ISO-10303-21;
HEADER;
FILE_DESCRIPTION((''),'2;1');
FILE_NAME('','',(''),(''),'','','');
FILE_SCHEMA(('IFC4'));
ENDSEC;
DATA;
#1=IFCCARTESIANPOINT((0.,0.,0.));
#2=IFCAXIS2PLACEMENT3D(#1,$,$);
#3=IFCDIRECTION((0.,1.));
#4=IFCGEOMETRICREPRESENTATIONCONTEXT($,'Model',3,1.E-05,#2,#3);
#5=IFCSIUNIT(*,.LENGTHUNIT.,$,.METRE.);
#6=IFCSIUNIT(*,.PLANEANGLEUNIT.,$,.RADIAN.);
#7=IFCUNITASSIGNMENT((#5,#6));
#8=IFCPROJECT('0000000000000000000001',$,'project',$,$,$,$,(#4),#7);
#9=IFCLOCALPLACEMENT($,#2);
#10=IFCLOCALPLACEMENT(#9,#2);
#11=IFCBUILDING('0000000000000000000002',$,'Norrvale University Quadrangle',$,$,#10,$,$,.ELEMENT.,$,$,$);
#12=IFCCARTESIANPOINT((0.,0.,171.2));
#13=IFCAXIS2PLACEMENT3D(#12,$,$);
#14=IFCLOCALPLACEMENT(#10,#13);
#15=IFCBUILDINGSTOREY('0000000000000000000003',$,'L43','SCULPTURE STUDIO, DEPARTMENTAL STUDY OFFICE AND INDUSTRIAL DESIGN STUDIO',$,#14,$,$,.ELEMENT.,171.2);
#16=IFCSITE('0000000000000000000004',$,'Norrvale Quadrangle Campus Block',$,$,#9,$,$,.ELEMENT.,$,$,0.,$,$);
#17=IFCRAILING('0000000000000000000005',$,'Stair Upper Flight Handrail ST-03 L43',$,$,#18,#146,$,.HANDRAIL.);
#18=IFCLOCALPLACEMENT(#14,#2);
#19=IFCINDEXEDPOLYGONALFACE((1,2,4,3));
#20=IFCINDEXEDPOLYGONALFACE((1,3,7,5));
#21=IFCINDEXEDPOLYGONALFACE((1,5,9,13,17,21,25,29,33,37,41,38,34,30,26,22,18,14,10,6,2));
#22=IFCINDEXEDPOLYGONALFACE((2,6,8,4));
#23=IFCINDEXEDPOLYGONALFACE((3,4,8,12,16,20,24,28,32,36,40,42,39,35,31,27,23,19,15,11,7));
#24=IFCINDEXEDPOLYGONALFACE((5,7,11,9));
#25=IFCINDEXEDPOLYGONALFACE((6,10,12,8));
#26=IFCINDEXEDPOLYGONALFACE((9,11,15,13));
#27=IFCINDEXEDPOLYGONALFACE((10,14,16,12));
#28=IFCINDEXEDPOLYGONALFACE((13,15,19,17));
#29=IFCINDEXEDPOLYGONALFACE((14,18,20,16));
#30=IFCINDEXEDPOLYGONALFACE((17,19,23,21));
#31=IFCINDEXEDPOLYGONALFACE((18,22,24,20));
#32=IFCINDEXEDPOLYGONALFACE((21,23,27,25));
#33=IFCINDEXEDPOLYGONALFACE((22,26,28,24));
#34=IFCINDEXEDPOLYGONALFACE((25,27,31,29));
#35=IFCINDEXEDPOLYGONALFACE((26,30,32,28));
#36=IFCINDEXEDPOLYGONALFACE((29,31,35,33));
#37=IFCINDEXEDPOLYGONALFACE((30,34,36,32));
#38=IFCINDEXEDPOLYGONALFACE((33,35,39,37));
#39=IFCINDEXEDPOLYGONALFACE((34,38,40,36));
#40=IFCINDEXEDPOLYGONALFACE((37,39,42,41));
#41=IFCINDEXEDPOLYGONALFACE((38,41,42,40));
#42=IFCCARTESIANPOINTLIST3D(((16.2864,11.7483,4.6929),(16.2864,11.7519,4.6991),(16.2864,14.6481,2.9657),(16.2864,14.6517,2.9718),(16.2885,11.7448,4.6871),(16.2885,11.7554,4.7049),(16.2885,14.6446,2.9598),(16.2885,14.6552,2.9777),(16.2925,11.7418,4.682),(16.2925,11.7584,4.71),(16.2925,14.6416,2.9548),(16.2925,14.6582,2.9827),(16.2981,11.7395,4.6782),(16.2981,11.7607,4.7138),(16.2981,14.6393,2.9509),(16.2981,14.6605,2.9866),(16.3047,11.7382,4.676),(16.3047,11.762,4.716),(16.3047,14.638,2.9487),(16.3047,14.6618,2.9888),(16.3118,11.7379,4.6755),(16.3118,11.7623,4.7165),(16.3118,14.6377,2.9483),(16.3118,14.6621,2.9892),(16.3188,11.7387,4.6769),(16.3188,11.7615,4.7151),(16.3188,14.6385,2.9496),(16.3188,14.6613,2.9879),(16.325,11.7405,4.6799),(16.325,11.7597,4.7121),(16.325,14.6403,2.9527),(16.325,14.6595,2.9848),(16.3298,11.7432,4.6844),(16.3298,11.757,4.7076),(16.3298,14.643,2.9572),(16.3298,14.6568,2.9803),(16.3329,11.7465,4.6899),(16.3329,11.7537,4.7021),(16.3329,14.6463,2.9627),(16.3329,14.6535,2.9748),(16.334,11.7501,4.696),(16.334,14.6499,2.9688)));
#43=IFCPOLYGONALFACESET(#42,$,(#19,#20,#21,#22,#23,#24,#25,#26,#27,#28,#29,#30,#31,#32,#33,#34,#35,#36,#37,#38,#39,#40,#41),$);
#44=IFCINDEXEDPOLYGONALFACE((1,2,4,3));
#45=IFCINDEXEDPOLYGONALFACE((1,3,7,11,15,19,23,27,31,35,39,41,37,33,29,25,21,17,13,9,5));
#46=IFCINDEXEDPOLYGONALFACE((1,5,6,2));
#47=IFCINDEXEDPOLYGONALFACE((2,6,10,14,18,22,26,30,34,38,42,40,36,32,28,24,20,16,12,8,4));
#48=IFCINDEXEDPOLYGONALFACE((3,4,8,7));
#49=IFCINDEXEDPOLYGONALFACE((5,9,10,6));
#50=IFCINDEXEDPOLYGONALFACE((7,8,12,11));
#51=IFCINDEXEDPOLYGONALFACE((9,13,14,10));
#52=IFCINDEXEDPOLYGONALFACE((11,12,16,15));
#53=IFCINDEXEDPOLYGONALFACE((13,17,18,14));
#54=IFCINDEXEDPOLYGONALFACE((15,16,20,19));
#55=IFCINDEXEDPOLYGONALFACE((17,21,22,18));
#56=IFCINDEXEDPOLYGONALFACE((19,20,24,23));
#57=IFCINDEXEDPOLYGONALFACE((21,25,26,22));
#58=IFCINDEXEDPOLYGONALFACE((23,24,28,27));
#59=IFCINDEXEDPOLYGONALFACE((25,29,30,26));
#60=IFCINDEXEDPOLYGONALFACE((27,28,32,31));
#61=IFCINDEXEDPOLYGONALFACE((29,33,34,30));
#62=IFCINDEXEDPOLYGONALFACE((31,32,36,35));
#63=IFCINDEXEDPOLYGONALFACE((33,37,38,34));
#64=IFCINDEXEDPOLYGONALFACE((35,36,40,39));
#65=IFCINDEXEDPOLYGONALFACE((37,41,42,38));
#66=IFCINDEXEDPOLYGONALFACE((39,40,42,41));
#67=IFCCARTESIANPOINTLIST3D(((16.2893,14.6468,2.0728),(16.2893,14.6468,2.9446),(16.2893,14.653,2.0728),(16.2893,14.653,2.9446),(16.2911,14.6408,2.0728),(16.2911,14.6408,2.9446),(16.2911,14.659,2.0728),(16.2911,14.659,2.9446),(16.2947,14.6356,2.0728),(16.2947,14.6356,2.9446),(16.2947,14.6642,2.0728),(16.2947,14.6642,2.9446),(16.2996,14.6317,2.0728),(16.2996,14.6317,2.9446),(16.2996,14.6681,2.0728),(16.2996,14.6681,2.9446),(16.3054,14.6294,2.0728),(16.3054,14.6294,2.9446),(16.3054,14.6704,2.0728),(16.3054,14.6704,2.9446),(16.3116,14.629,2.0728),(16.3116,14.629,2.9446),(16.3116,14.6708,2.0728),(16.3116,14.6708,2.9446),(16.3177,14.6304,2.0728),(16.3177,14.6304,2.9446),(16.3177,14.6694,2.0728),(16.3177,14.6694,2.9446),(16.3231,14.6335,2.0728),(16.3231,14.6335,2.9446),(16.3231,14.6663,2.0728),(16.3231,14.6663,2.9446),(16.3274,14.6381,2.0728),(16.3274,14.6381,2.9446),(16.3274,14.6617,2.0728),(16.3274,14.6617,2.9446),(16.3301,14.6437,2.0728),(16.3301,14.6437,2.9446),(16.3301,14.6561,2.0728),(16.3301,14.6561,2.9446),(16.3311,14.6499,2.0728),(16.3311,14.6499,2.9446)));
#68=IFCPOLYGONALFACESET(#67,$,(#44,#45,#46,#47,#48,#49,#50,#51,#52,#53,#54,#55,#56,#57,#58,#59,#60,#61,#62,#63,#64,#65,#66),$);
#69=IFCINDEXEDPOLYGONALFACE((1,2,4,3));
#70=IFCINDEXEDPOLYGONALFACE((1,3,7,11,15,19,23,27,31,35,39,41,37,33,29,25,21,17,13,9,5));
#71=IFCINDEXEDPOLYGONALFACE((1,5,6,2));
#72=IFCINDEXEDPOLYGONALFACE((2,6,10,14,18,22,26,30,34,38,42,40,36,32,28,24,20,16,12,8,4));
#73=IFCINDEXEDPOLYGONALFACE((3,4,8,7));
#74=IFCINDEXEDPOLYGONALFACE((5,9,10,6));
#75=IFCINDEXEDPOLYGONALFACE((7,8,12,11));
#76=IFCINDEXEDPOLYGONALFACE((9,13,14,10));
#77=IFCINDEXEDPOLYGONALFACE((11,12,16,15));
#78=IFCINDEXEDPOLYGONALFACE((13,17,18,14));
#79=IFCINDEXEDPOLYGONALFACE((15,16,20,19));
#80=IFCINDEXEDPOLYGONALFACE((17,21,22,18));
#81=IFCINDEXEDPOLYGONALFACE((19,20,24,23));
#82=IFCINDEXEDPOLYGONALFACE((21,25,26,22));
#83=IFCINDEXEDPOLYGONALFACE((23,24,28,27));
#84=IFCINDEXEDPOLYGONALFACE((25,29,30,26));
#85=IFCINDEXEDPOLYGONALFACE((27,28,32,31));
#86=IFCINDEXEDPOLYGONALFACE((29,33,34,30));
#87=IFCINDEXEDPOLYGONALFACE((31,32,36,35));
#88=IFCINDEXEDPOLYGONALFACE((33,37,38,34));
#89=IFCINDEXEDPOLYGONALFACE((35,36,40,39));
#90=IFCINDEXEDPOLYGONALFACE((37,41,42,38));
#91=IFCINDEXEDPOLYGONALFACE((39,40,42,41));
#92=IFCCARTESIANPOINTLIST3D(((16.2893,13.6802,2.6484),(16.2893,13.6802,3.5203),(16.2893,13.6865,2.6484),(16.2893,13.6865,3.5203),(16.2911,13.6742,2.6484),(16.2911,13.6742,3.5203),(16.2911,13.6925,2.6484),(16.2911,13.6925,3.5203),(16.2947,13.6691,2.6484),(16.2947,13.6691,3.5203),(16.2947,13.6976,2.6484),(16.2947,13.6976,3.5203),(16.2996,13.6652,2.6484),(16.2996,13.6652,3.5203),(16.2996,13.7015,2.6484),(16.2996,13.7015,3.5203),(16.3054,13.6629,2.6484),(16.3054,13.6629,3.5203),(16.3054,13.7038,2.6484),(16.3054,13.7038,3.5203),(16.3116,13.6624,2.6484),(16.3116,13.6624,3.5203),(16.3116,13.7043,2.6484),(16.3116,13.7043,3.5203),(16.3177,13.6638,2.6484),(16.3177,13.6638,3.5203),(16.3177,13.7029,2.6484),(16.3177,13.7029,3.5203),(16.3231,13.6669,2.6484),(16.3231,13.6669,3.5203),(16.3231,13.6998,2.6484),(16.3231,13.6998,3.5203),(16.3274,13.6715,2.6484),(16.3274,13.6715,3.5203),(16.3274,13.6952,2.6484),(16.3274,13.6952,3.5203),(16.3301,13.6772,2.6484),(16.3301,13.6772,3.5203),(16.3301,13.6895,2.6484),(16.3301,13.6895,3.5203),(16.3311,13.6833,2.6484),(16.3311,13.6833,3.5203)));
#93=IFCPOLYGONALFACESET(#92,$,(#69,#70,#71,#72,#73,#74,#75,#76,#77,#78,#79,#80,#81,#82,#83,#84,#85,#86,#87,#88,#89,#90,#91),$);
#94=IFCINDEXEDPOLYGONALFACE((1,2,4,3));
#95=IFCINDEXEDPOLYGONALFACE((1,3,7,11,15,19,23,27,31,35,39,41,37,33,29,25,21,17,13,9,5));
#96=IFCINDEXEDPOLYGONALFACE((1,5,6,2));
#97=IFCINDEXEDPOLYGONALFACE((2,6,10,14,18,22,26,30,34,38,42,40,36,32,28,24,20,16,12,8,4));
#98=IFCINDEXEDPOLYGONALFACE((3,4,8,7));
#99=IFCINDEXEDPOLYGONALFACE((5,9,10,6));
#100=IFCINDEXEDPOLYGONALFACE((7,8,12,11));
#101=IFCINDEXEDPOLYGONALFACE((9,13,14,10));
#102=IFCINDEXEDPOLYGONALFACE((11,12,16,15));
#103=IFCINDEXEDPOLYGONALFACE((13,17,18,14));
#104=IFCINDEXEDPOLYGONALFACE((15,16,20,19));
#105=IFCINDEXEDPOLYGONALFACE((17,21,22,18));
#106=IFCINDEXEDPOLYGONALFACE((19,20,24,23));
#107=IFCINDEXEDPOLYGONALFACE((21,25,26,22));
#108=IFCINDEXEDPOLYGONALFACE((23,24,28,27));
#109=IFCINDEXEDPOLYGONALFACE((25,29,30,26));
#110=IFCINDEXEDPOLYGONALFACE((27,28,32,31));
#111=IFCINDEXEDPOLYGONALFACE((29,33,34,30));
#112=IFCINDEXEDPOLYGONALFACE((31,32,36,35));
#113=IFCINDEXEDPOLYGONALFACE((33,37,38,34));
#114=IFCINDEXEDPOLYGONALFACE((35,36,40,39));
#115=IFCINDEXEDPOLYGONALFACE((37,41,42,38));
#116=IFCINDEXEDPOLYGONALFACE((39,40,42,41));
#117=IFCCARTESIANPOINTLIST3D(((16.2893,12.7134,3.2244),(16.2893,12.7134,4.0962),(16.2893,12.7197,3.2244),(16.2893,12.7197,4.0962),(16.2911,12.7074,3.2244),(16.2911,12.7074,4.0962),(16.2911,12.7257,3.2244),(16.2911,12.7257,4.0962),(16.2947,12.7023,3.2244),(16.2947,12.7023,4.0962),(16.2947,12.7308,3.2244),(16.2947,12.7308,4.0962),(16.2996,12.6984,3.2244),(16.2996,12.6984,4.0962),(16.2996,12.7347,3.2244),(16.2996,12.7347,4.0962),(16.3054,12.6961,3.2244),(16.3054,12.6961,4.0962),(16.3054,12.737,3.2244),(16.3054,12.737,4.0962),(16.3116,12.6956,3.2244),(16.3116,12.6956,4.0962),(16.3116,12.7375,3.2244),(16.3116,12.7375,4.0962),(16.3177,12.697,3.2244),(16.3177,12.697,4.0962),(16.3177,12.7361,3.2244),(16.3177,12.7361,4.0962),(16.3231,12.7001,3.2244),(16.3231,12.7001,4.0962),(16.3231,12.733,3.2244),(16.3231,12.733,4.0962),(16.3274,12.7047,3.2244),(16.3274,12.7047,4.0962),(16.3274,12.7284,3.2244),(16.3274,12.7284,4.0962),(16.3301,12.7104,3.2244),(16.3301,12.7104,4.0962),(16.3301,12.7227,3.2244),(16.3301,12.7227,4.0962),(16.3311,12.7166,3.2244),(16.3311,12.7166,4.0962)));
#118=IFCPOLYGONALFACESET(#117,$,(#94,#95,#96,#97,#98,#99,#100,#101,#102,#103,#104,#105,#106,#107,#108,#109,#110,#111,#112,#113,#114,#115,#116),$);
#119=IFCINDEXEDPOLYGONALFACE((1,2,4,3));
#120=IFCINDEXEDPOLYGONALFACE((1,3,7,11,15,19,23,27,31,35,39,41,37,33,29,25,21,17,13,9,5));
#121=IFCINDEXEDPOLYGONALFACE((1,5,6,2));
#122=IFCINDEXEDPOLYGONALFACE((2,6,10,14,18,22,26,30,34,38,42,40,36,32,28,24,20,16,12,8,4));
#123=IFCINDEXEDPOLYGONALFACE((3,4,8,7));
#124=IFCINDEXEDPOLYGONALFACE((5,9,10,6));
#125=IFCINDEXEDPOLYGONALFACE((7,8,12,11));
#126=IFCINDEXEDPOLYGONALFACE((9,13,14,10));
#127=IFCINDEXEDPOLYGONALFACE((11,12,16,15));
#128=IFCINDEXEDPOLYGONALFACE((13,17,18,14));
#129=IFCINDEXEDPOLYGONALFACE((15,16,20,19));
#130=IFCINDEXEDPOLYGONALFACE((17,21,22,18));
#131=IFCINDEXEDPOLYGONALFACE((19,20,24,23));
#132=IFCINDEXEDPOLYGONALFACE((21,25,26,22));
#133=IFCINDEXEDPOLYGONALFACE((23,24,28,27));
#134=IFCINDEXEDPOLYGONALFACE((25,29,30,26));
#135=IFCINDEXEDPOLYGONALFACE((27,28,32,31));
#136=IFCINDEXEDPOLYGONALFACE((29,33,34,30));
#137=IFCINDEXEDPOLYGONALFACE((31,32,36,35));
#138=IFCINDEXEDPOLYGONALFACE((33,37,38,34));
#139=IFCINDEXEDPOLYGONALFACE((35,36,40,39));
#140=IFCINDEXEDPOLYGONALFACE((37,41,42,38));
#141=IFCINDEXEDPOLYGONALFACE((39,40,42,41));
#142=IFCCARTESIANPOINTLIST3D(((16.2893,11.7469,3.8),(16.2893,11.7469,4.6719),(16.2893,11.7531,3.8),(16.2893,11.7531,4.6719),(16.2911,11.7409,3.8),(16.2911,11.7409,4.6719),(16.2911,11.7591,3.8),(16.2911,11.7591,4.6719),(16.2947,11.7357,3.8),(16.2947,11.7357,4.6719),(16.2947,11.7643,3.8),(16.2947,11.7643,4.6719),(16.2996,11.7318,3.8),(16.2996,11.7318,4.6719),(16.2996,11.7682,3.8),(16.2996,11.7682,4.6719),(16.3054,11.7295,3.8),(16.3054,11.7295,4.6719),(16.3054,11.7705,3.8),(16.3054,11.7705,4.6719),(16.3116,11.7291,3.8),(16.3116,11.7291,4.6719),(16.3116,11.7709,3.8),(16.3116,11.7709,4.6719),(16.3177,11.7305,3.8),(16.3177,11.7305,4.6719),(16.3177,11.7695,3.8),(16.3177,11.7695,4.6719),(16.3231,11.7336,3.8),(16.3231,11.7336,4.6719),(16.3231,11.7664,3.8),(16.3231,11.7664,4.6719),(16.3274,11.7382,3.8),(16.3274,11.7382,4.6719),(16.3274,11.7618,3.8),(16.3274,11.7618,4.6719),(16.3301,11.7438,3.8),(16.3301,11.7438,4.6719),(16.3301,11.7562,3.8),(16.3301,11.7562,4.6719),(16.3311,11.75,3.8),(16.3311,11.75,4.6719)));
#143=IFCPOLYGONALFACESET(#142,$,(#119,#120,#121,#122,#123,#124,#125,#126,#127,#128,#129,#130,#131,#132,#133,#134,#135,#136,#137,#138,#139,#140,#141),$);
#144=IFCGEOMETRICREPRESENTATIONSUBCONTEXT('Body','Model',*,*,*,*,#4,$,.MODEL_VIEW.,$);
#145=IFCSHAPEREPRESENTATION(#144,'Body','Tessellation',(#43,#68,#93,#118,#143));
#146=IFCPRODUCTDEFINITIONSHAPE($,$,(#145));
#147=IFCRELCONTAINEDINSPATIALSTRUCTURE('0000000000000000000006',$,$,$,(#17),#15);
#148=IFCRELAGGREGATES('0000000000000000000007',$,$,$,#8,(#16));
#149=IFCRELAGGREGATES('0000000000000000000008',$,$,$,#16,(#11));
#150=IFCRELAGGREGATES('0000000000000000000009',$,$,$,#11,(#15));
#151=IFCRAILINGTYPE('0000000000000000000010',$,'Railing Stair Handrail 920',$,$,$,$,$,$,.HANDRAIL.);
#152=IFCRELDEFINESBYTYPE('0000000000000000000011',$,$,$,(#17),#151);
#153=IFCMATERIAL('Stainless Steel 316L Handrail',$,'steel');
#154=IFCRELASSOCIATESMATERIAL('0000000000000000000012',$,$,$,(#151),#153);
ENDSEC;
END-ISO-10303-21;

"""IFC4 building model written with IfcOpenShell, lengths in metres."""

from ifc_helpers import new_model, si_unit, direction, frame, origin, origin_2d, place, context, subcontext, project, spatial, circle, extrude, material, type_object, element, save


model = new_model("IFC4")

# Units and contexts
model_context = context("Model", 3, precision=1e-05, world=origin(), true_north=direction((0.0, 1.0)))
body_context = subcontext(model_context, "Body", "Model", "MODEL_VIEW")
ifc_project = project(units=[si_unit("LENGTHUNIT", "METRE"), si_unit("PLANEANGLEUNIT", "RADIAN")], contexts=[model_context])

# Site, building, storey
site_placement = place(None, origin())
site = spatial("IfcSite", under=ifc_project, at=site_placement, Name="Norrvale Quadrangle Campus Block", CompositionType="ELEMENT", RefElevation=0.0)
building_placement = place(site_placement, origin())
building = spatial("IfcBuilding", under=site, at=building_placement, Name="Norrvale University Quadrangle", CompositionType="ELEMENT")
storey_placement = place(building_placement, frame((0.0, 0.0, 171.2)))
storey = spatial("IfcBuildingStorey", under=building, at=storey_placement, Name="L43", Description="SCULPTURE STUDIO, DEPARTMENTAL STUDY OFFICE AND INDUSTRIAL DESIGN STUDIO", CompositionType="ELEMENT", Elevation=171.2)

# Railing
ifc_material_1 = material(Name="Stainless Steel 316L Handrail", Category="steel")
railing_type_1 = type_object("IfcRailingType", Name="Railing Stair Handrail 920", PredefinedType="HANDRAIL", material=ifc_material_1)
railing_1_placement = place(storey_placement, frame((16.3101, 14.6499, 2.0728)))
element("IfcRailing", 1, at=railing_1_placement, inside=storey, type_object=railing_type_1, Name="Stair Upper Flight Handrail ST-03 L43", PredefinedType="HANDRAIL", context=body_context, shape_type="SweptSolid", body=[
    extrude(circle(Radius=0.0239, at=origin_2d()), frame((0.0, 0.0, 0.896), z_axis=(0.0, -0.859141, 0.511738), x_axis=(1.0, 0.0, 0.0)), (0.0, 0.0, 1.0), 3.3752),
    extrude(circle(Radius=0.021, at=origin_2d()), origin(), (0.0, 0.0, 1.0), 0.8718),
    extrude(circle(Radius=0.021, at=origin_2d()), frame((0.0, -0.9666, 0.5757)), (0.0, 0.0, 1.0), 0.8718),
    extrude(circle(Radius=0.021, at=origin_2d()), frame((0.0, -1.9333, 1.1516)), (0.0, 0.0, 1.0), 0.8718),
    extrude(circle(Radius=0.021, at=origin_2d()), frame((0.0, -2.8999, 1.7273)), (0.0, 0.0, 1.0), 0.8718),
])

save(model, "model.ifc")
